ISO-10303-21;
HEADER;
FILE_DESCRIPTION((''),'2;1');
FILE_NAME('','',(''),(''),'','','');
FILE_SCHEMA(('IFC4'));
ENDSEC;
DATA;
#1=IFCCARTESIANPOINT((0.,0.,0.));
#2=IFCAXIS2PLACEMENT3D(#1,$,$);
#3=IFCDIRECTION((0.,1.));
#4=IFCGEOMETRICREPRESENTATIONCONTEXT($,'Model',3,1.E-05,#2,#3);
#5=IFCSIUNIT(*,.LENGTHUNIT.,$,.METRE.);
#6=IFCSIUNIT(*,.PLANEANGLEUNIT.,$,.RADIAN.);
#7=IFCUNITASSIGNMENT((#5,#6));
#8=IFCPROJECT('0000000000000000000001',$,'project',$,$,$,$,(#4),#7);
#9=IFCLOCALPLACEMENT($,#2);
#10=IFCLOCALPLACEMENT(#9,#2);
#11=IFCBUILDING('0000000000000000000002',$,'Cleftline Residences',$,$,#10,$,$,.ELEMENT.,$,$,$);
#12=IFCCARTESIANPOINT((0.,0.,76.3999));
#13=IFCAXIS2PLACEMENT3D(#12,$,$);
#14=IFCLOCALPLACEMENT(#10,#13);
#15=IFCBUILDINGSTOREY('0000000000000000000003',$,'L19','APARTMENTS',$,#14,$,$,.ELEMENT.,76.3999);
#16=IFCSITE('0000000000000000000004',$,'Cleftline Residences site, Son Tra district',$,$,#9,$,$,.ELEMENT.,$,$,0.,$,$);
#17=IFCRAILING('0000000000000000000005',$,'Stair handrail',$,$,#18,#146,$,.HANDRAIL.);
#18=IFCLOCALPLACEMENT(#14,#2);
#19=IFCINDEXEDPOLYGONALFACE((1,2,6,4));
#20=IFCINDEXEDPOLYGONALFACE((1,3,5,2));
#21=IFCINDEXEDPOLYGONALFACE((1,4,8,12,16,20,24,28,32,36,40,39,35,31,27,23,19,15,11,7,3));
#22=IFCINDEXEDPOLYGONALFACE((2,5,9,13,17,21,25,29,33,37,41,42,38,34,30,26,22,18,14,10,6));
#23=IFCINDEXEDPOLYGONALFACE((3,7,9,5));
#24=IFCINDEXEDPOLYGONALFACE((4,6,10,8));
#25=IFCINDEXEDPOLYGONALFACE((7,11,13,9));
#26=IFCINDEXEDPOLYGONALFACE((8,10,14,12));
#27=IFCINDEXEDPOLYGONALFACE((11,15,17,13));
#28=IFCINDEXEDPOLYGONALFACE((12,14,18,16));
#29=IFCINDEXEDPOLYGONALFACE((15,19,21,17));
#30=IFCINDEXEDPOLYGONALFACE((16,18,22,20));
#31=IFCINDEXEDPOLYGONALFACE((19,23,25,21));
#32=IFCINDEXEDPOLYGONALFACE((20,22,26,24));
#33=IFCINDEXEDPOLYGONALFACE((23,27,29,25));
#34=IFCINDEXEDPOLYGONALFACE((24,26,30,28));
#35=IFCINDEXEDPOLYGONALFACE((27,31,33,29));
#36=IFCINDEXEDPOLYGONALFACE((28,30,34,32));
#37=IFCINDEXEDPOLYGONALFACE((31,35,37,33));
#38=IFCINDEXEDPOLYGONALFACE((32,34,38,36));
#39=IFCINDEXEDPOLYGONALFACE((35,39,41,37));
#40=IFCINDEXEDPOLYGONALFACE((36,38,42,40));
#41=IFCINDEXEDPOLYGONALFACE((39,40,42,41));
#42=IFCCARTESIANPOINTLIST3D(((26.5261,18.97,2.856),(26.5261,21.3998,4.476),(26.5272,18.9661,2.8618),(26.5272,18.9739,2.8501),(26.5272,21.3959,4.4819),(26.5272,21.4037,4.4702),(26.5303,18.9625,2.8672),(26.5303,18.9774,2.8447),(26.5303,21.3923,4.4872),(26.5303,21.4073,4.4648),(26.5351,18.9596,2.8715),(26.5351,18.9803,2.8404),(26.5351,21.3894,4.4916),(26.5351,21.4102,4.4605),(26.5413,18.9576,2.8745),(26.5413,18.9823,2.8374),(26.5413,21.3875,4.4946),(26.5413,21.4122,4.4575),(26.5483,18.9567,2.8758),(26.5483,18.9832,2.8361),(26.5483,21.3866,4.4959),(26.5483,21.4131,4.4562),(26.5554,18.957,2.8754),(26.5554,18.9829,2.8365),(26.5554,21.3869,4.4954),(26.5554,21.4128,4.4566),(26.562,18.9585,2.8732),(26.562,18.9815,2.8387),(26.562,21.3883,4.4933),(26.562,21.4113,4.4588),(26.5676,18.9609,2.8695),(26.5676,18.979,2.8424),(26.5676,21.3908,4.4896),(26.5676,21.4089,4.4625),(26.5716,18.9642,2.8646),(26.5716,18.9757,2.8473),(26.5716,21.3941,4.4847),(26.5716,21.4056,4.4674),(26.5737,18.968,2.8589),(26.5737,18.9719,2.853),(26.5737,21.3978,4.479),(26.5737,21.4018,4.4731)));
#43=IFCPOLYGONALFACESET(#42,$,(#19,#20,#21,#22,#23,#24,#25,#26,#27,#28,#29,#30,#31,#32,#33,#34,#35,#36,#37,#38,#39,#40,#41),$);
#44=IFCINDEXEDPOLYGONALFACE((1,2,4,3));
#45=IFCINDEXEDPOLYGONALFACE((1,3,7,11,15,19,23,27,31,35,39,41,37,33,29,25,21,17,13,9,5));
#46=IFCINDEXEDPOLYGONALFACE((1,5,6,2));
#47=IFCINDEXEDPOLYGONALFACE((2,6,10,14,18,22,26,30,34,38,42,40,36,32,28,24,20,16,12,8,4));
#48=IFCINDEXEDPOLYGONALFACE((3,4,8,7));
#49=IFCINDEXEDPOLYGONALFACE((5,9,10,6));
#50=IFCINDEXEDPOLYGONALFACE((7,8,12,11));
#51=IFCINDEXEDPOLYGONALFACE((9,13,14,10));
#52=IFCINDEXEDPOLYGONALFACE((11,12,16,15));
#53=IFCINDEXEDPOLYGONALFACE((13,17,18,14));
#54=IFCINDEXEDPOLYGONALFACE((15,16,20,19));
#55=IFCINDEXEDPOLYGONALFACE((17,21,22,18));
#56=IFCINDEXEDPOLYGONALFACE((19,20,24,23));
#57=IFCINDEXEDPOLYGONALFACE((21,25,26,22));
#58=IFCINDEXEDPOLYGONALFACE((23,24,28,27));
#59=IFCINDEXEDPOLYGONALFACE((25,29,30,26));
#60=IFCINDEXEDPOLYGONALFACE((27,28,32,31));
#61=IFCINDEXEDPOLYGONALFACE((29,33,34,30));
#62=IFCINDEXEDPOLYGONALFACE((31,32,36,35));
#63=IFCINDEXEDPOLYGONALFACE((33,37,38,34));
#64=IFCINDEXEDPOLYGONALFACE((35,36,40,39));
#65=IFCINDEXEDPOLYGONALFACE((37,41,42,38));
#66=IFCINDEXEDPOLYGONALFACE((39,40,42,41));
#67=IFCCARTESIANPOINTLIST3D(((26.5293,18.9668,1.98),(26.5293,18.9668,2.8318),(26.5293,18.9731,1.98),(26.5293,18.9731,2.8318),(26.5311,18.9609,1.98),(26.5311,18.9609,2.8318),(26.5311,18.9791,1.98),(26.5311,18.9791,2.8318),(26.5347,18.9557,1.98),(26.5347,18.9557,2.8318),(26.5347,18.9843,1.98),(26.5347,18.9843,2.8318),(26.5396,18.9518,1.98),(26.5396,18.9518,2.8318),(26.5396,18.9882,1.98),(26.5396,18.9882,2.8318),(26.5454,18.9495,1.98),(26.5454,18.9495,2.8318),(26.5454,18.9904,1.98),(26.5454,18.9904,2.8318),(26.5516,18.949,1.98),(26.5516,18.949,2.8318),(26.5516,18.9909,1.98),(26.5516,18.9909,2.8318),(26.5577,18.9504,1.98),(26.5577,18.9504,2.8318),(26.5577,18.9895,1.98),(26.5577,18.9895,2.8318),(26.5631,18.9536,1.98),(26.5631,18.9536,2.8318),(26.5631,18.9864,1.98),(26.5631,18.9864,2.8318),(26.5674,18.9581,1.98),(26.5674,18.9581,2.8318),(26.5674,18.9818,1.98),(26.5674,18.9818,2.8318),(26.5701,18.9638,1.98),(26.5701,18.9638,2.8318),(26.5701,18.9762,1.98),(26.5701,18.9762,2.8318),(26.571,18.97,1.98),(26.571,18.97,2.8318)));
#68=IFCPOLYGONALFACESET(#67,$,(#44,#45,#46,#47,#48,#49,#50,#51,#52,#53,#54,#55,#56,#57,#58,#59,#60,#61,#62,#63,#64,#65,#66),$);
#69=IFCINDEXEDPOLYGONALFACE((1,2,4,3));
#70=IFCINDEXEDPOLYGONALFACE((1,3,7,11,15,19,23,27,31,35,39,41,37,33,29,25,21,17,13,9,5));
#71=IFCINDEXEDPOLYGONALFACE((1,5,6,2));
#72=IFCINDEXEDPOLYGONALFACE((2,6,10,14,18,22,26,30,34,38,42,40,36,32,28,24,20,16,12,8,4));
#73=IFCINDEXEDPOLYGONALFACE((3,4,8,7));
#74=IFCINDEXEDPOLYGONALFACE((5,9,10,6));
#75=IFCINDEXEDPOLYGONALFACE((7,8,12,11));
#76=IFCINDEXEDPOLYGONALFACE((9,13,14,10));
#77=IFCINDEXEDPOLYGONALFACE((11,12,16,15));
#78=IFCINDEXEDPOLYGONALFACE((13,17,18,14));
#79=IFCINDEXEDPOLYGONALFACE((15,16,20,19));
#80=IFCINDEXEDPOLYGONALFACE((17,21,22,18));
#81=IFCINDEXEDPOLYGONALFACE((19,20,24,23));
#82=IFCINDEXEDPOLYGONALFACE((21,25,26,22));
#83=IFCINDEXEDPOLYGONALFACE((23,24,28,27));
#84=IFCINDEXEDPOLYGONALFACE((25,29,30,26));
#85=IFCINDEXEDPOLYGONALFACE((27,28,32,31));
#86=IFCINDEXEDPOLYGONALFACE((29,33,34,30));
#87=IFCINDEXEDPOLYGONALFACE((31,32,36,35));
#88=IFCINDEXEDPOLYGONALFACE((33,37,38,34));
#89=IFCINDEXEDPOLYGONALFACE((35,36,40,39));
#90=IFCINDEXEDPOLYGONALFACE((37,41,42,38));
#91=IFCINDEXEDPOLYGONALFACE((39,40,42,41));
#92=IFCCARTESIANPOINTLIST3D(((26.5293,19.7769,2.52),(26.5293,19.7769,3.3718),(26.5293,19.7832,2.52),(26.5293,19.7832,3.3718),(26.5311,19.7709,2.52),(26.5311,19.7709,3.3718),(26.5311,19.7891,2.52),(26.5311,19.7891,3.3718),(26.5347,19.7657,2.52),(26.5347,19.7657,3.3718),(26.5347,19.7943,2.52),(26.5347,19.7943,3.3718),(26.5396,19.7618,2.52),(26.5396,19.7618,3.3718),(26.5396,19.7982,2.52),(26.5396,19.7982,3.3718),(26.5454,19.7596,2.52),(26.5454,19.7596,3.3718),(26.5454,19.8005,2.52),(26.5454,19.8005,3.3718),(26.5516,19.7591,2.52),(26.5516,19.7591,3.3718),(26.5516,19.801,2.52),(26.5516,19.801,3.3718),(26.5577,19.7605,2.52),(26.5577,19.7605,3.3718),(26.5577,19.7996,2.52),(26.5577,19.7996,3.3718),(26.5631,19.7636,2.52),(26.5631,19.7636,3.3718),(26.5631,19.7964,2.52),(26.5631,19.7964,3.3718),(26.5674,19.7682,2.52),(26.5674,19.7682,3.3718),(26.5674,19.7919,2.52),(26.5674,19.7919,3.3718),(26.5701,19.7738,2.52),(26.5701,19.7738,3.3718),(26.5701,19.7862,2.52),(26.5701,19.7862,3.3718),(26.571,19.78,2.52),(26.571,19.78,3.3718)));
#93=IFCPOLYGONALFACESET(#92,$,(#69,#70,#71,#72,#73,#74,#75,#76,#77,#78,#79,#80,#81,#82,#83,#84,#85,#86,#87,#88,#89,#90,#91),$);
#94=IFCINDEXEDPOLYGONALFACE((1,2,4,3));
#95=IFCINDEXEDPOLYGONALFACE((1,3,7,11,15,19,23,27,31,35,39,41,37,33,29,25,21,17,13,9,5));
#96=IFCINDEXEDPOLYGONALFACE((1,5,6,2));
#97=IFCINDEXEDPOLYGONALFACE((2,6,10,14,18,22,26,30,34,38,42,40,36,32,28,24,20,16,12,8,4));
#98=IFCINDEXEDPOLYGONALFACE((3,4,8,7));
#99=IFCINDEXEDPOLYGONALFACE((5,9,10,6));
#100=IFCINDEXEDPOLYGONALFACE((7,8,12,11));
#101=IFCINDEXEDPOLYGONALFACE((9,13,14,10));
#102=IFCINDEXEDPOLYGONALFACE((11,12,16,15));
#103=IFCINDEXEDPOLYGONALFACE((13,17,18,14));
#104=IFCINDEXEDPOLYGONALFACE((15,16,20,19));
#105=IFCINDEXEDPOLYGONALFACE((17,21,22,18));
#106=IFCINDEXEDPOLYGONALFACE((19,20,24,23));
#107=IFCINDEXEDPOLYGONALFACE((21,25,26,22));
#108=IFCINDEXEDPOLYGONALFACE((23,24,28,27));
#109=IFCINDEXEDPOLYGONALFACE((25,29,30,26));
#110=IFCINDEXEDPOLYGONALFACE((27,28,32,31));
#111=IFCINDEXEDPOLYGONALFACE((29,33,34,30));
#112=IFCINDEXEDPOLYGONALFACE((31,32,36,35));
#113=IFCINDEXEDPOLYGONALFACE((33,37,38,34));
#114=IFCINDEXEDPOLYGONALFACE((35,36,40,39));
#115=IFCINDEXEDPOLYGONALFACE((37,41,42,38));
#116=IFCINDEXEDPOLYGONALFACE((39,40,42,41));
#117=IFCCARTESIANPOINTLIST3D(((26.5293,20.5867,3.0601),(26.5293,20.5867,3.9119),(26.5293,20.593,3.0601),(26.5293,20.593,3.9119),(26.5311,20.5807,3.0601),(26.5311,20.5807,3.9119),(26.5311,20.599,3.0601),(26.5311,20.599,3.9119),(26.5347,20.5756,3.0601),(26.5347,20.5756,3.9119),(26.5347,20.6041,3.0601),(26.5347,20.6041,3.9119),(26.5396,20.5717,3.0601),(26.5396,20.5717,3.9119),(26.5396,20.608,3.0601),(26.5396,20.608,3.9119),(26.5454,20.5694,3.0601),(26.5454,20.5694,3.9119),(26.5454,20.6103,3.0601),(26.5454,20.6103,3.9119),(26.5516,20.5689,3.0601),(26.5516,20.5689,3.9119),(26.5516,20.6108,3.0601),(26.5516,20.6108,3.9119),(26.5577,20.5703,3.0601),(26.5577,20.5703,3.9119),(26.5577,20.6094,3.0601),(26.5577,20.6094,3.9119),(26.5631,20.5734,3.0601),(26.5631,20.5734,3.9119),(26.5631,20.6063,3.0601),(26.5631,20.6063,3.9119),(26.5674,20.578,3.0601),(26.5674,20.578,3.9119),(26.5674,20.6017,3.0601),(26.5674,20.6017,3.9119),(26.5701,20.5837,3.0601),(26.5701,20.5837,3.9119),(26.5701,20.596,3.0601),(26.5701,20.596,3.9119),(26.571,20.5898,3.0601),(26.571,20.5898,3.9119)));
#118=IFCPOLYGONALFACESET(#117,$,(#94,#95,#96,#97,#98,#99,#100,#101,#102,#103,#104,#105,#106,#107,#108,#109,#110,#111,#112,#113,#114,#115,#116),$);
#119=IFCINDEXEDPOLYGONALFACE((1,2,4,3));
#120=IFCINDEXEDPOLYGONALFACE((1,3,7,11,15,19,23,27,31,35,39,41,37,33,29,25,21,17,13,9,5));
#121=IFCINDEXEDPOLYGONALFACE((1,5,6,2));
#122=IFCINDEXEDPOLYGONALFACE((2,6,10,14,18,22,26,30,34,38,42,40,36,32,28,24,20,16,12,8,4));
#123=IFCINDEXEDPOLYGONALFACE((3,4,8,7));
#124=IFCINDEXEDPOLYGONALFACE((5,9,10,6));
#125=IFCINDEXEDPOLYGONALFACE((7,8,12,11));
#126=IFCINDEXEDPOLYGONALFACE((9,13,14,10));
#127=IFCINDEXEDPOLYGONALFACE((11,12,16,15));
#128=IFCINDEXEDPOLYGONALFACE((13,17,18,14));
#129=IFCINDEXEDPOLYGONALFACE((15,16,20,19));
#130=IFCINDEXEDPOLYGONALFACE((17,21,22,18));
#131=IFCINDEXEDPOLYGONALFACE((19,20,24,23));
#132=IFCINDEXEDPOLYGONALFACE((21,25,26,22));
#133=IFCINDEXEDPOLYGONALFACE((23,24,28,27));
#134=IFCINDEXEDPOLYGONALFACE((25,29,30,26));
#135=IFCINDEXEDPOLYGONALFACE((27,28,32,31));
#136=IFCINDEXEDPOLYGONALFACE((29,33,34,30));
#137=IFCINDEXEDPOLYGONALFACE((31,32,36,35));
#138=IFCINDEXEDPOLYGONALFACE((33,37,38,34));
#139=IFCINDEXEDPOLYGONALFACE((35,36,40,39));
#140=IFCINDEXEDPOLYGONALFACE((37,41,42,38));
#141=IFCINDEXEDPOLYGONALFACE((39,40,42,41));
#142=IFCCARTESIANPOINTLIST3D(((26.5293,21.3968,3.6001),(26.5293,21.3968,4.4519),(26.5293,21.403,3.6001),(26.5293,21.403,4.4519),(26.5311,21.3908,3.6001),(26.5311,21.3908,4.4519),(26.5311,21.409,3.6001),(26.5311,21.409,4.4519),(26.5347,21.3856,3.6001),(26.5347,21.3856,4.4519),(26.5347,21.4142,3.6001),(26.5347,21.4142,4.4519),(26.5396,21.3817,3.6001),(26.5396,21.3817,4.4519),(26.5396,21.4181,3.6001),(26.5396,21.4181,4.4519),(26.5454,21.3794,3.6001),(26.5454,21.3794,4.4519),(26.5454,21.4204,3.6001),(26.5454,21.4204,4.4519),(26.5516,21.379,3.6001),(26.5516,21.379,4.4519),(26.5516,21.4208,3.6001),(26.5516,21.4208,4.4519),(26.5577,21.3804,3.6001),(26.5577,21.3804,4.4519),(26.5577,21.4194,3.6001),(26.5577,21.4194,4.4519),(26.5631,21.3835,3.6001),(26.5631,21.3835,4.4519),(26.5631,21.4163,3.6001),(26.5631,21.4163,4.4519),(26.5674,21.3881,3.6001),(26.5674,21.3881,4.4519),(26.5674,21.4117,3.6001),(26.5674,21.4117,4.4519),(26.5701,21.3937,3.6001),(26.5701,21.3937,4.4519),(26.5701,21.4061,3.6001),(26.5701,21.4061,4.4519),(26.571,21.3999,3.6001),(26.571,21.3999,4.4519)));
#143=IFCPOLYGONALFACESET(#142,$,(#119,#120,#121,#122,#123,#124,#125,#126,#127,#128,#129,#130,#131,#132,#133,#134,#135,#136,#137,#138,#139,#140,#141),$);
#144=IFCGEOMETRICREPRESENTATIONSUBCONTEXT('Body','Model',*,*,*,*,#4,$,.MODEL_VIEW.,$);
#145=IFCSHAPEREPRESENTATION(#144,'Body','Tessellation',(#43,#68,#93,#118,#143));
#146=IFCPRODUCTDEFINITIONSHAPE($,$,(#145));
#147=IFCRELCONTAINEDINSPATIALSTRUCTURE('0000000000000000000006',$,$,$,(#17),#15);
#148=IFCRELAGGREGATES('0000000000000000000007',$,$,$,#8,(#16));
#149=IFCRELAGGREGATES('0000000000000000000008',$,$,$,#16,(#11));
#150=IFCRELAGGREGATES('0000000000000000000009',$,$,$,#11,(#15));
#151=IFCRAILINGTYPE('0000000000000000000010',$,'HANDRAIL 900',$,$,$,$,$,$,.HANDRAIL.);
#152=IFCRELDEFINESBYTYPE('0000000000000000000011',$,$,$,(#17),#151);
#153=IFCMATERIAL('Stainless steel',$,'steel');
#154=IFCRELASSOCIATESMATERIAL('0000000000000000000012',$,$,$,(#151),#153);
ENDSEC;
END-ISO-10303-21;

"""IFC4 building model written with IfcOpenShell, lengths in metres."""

from ifc_helpers import new_model, si_unit, direction, frame, origin, origin_2d, place, context, subcontext, project, spatial, circle, extrude, material, type_object, element, save


model = new_model("IFC4")

# Units and contexts
model_context = context("Model", 3, precision=1e-05, world=origin(), true_north=direction((0.0, 1.0)))
body_context = subcontext(model_context, "Body", "Model", "MODEL_VIEW")
ifc_project = project(units=[si_unit("LENGTHUNIT", "METRE"), si_unit("PLANEANGLEUNIT", "RADIAN")], contexts=[model_context])

# Site, building, storey
site_placement = place(None, origin())
site = spatial("IfcSite", under=ifc_project, at=site_placement, Name="Cleftline Residences site, Son Tra district", CompositionType="ELEMENT", RefElevation=0.0)
building_placement = place(site_placement, origin())
building = spatial("IfcBuilding", under=site, at=building_placement, Name="Cleftline Residences", CompositionType="ELEMENT")
storey_placement = place(building_placement, frame((0.0, 0.0, 76.3999)))
storey = spatial("IfcBuildingStorey", under=building, at=storey_placement, Name="L19", Description="APARTMENTS", CompositionType="ELEMENT", Elevation=76.3999)

# Railing
ifc_material_1 = material(Name="Stainless steel", Category="steel")
railing_type = type_object("IfcRailingType", Name="HANDRAIL 900", PredefinedType="HANDRAIL", material=ifc_material_1)
railing_1_placement = place(storey_placement, frame((26.55, 18.97, 1.98)))
element("IfcRailing", 1, at=railing_1_placement, inside=storey, type_object=railing_type, Name="Stair handrail", PredefinedType="HANDRAIL", context=body_context, shape_type="SweptSolid", body=[
    extrude(circle(Radius=0.0239, at=origin_2d()), frame((0.0, 0.0, 0.876), z_axis=(0.0, 0.832025, 0.554739), x_axis=(-1.0, 0.0, 0.0)), (0.0, 0.0, 1.0), 2.9204),
    extrude(circle(Radius=0.021, at=origin_2d()), origin(), (0.0, 0.0, 1.0), 0.8518),
    extrude(circle(Radius=0.021, at=origin_2d()), frame((0.0, 0.8101, 0.54)), (0.0, 0.0, 1.0), 0.8518),
    extrude(circle(Radius=0.021, at=origin_2d()), frame((0.0, 1.6199, 1.0801)), (0.0, 0.0, 1.0), 0.8518),
    extrude(circle(Radius=0.021, at=origin_2d()), frame((0.0, 2.4299, 1.6201)), (0.0, 0.0, 1.0), 0.8518),
])

save(model, "model.ifc")
